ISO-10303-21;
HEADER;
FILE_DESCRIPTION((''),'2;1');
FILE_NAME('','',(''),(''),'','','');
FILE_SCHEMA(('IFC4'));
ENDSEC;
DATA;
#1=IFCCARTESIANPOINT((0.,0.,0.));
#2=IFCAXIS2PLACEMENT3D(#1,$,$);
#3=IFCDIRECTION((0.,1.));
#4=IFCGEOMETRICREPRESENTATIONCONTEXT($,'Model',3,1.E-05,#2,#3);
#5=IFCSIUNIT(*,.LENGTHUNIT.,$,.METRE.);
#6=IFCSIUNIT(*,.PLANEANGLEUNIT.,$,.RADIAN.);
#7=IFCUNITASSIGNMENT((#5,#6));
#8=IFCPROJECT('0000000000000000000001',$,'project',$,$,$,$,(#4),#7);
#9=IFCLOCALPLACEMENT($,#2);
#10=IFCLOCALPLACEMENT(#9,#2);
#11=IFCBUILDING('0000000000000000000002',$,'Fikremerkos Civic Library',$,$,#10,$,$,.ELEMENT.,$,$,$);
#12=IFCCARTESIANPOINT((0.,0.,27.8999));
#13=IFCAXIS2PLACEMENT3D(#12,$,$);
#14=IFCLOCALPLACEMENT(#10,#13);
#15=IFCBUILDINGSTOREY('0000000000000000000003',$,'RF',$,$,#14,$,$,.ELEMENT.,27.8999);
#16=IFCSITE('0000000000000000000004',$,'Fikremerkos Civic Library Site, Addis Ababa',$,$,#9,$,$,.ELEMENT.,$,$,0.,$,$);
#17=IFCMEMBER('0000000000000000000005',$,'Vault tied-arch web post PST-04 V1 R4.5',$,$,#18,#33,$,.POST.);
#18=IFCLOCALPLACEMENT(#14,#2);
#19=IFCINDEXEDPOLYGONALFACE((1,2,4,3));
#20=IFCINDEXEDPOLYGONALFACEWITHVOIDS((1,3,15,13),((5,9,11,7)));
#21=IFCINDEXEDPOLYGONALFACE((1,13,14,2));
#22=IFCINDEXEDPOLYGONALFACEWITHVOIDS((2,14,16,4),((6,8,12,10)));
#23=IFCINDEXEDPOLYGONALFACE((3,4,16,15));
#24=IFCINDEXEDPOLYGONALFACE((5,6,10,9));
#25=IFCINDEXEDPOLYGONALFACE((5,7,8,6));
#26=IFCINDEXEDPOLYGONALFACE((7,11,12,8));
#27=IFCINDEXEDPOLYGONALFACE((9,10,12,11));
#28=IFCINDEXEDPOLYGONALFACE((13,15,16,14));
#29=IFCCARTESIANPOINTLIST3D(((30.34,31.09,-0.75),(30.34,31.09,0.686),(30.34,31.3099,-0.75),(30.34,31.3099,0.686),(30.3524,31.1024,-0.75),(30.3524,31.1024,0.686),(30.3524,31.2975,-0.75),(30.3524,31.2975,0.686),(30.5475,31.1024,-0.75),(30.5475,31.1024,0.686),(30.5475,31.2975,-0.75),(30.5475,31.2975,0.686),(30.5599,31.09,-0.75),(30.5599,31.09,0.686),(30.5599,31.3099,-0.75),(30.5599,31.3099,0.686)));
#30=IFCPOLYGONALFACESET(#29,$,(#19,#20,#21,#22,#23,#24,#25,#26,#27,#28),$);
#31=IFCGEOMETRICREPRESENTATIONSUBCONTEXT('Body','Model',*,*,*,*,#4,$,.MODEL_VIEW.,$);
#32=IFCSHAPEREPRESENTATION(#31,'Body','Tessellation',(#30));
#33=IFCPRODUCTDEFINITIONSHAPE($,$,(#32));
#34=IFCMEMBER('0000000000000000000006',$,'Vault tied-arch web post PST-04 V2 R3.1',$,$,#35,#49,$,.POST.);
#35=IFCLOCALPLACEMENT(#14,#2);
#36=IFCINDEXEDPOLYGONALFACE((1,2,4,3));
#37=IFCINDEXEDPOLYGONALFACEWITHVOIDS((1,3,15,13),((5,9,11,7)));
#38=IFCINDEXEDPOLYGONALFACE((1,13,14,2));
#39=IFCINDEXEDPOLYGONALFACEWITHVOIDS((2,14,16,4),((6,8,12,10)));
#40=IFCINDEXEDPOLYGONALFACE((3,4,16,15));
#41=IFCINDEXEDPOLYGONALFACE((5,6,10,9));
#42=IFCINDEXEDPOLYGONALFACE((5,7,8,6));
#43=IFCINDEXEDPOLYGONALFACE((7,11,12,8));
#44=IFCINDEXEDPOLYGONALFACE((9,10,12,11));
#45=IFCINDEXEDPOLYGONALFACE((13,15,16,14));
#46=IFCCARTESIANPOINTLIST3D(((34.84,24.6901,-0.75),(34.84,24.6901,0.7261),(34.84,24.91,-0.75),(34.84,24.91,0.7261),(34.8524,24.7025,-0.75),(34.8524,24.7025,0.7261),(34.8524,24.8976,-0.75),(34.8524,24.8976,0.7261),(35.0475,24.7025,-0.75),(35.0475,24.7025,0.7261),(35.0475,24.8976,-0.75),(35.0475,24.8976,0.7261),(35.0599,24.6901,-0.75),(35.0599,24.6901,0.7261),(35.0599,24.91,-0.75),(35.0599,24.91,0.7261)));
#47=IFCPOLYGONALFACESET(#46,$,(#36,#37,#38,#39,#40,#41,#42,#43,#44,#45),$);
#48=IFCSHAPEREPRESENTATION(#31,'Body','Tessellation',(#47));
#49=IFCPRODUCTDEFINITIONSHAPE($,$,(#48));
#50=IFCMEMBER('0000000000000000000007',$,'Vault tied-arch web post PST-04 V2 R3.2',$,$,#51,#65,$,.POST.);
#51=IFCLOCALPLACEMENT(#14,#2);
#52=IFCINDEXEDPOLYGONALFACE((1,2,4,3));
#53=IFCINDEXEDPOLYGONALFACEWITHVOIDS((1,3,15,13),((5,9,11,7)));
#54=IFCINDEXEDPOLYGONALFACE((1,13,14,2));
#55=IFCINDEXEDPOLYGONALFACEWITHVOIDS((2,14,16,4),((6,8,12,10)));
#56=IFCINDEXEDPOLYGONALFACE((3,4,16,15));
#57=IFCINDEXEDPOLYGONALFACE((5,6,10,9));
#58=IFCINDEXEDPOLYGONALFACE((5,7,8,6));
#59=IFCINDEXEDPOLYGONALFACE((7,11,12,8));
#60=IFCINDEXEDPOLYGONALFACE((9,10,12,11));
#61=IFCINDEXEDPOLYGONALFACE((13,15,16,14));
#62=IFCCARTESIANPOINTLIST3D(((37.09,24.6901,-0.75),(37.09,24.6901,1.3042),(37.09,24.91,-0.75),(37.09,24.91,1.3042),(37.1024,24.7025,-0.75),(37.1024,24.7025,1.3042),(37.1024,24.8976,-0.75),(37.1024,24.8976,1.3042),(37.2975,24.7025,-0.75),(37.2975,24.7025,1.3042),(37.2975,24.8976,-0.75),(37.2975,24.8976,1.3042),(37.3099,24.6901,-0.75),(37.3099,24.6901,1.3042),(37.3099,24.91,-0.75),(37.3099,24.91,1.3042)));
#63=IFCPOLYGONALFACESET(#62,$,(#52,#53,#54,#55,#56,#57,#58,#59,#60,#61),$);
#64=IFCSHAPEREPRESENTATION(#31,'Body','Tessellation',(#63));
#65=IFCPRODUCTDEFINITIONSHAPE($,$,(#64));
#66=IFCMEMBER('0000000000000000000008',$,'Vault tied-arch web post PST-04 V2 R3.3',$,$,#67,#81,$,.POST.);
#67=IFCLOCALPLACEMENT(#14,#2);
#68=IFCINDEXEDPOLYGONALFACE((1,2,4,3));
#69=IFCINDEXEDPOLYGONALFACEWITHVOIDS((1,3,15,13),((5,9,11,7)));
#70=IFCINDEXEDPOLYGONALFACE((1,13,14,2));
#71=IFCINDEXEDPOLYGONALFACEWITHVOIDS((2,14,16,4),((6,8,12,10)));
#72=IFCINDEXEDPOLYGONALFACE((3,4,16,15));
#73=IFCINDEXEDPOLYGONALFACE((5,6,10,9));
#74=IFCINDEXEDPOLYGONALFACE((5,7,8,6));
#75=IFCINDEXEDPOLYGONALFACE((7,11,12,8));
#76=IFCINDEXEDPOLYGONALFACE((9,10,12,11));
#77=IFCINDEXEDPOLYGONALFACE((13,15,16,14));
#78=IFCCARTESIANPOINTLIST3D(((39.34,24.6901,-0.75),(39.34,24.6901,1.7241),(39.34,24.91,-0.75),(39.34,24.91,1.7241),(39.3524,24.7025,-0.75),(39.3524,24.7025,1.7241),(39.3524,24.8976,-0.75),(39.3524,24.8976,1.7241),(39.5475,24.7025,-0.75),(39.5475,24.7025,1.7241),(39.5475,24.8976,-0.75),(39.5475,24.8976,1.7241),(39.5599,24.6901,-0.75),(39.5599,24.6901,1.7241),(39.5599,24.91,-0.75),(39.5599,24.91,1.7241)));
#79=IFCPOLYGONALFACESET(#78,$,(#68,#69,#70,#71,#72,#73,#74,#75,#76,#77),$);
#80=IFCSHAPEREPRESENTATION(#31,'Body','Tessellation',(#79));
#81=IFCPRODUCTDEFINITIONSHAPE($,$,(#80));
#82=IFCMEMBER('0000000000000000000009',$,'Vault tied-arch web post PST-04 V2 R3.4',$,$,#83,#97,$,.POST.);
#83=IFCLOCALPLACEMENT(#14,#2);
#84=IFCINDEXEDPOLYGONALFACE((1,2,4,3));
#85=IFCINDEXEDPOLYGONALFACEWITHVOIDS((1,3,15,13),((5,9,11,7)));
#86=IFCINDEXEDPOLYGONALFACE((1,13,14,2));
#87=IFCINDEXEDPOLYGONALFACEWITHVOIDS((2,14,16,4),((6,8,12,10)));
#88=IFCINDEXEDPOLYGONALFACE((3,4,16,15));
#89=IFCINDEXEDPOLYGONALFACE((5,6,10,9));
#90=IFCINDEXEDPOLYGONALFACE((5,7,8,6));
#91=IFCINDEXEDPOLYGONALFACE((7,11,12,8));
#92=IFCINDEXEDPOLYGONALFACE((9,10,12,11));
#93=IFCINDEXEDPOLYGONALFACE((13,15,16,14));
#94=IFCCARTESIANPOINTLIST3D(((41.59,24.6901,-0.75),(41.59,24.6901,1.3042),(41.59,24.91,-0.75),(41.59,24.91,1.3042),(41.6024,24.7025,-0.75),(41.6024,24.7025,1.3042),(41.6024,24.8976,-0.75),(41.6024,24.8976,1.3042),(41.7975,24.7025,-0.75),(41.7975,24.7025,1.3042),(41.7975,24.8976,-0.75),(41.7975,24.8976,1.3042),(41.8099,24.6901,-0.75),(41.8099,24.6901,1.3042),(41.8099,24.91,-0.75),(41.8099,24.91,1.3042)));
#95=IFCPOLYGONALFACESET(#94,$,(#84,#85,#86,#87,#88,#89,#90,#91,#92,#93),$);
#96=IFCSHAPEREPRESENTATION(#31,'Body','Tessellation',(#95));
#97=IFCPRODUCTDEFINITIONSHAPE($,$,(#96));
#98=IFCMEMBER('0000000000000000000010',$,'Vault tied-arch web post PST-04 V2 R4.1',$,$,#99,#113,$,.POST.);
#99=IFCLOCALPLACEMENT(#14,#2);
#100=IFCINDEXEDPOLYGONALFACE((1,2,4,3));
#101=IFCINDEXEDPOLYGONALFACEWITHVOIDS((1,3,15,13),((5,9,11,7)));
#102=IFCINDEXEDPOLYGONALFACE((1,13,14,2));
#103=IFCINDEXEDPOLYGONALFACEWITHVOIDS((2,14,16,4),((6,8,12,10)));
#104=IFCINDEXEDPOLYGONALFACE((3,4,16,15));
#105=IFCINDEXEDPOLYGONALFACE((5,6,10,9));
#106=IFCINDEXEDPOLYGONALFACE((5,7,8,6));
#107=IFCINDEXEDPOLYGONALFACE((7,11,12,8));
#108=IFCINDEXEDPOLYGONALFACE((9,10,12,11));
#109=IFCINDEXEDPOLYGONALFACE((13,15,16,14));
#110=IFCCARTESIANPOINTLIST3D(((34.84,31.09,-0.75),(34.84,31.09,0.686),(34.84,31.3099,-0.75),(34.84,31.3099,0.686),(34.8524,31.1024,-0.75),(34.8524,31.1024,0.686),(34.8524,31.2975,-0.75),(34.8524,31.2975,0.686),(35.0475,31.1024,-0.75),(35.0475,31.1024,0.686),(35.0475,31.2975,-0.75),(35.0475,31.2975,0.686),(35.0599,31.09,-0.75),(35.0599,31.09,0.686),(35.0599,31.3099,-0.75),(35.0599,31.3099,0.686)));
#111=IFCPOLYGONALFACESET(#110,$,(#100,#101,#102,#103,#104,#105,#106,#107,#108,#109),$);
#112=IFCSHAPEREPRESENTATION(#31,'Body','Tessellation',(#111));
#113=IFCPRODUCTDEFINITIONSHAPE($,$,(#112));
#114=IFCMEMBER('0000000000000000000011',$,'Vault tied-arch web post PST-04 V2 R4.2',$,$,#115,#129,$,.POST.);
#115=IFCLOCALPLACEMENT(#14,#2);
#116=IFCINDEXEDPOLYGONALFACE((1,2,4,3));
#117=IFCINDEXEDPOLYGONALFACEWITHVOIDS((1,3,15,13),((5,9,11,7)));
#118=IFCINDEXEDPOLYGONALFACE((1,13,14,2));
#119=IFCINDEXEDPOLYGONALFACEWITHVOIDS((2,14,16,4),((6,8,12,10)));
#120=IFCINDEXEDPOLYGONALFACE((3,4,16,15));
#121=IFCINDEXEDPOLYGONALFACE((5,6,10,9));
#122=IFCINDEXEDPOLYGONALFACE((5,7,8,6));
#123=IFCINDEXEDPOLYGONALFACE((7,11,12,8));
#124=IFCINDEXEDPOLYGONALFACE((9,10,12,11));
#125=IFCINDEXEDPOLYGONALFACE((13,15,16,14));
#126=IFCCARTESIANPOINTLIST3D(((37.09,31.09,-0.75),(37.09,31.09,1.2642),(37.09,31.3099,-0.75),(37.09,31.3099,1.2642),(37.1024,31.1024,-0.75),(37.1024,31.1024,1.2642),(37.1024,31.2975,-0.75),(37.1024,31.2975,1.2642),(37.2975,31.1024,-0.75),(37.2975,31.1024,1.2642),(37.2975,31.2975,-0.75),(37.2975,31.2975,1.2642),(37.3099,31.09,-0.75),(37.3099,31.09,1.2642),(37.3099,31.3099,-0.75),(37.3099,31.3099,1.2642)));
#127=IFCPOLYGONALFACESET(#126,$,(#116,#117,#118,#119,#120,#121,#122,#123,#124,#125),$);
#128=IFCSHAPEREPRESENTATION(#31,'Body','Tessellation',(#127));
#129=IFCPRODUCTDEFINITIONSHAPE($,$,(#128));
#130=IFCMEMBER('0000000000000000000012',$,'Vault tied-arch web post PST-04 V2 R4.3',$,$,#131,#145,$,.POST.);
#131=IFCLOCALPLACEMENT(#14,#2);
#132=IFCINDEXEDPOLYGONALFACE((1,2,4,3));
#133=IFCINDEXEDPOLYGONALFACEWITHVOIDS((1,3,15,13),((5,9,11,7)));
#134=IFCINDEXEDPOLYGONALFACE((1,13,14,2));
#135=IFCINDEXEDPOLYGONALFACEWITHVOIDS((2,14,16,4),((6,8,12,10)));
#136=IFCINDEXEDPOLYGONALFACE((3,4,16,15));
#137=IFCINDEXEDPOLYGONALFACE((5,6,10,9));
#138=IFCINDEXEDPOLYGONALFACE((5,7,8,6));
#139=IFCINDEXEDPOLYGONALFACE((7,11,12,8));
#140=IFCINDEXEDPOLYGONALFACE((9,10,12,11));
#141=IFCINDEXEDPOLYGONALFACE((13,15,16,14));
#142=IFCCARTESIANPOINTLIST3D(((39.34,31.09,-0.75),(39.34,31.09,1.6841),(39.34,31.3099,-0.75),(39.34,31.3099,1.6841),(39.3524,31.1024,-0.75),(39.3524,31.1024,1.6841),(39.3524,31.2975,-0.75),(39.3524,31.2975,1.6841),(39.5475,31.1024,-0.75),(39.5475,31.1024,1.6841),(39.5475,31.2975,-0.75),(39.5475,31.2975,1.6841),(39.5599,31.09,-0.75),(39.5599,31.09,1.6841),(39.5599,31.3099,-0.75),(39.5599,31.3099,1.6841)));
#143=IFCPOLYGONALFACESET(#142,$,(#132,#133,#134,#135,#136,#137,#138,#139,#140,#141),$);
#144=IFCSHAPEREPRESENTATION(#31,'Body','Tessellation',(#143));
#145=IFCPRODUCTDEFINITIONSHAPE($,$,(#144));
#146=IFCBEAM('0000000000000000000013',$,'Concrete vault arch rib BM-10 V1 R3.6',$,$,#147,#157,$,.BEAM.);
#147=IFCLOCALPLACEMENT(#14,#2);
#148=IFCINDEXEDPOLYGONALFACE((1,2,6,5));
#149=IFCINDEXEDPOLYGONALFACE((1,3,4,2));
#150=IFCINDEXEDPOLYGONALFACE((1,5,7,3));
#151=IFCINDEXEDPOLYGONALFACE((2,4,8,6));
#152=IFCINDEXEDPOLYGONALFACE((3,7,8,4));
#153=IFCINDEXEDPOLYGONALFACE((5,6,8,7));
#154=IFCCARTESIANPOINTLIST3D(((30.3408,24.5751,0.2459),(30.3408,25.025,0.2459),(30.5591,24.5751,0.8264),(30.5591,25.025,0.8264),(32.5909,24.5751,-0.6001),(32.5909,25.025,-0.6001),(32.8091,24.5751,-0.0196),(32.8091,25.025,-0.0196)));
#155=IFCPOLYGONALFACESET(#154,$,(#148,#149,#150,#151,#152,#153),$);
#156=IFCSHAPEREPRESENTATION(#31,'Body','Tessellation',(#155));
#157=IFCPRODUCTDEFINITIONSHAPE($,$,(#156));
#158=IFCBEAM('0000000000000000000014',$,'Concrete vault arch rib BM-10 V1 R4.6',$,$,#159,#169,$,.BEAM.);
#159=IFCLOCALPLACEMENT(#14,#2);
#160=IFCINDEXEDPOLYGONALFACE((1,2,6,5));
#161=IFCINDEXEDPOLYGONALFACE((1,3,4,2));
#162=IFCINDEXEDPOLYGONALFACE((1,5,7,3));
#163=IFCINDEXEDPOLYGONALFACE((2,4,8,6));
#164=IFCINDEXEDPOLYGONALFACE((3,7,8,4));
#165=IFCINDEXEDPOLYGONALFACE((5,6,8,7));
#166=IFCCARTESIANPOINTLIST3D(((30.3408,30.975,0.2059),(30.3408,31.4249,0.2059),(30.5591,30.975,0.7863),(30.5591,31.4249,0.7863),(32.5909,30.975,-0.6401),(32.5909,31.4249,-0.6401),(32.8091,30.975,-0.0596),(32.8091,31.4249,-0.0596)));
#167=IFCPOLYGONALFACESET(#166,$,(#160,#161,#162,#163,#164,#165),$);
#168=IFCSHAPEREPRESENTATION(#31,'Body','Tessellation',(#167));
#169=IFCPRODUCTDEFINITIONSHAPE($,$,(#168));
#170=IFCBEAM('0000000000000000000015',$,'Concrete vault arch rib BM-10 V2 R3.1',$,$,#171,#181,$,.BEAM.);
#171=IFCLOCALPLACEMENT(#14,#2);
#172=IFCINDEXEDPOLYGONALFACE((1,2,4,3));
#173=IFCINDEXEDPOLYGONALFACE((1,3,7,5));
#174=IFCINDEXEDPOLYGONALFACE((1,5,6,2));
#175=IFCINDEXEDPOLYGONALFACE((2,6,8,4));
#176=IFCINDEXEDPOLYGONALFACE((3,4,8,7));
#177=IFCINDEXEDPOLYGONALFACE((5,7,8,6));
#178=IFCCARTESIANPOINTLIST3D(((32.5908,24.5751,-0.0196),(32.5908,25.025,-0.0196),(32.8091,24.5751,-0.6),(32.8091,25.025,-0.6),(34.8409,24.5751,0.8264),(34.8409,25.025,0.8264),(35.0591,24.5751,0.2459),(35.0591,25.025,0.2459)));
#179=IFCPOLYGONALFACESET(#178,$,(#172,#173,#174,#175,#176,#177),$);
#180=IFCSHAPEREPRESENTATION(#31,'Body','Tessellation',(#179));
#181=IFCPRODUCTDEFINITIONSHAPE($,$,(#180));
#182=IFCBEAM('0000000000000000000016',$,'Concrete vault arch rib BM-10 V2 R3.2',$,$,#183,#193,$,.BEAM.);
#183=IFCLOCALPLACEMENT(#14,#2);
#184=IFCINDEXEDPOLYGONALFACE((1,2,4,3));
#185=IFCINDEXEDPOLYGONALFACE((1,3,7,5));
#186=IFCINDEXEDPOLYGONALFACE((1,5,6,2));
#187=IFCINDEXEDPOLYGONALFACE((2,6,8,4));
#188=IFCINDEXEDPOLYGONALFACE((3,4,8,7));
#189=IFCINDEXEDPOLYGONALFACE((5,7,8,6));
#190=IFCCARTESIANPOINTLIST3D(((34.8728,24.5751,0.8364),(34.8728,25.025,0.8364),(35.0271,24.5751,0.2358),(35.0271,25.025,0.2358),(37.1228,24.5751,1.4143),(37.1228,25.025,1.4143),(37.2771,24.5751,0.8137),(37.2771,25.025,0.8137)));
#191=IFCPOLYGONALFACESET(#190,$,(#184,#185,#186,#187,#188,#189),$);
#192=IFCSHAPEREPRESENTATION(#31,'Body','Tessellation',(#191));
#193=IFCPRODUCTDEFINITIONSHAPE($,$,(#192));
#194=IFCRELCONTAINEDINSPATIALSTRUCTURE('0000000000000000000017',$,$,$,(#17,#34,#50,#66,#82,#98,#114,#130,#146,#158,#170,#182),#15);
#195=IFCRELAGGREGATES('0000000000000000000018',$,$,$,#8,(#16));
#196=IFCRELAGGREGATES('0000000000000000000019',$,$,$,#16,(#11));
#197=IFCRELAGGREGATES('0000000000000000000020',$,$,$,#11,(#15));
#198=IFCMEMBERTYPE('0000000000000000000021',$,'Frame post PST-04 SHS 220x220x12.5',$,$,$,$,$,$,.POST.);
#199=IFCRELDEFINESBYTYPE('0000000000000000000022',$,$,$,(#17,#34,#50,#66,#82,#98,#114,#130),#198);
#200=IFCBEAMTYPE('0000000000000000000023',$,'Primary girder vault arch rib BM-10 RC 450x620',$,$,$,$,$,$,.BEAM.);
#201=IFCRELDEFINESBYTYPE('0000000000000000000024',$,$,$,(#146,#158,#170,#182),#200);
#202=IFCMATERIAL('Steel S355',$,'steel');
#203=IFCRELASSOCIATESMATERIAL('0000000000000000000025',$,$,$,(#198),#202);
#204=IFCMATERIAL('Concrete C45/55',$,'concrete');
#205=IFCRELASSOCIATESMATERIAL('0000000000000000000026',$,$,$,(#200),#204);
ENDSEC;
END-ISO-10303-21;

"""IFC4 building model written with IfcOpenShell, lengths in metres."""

from ifc_helpers import new_model, si_unit, direction, frame, origin, origin_2d, place, context, subcontext, project, spatial, rectangle, hollow_rectangle, extrude, material, material_profile, profile_set, type_object, element, save


model = new_model("IFC4")

# Units and contexts
model_context = context("Model", 3, precision=1e-05, world=origin(), true_north=direction((0.0, 1.0)))
body_context = subcontext(model_context, "Body", "Model", "MODEL_VIEW")
ifc_project = project(units=[si_unit("LENGTHUNIT", "METRE"), si_unit("PLANEANGLEUNIT", "RADIAN")], contexts=[model_context])

# Site, building, storey
site_placement = place(None, origin())
site = spatial("IfcSite", under=ifc_project, at=site_placement, Name="Fikremerkos Civic Library Site, Addis Ababa", CompositionType="ELEMENT", RefElevation=0.0)
building_placement = place(site_placement, origin())
building = spatial("IfcBuilding", under=site, at=building_placement, Name="Fikremerkos Civic Library", CompositionType="ELEMENT")
storey_placement = place(building_placement, frame((0.0, 0.0, 27.8999)))
storey = spatial("IfcBuildingStorey", under=building, at=storey_placement, Name="RF", CompositionType="ELEMENT", Elevation=27.8999)

# Members
ifc_material_1 = material(Name="Steel S355", Category="steel")
ifc_material_profile_1 = material_profile(ifc_material_1, hollow_rectangle(XDim=0.22, YDim=0.22, WallThickness=0.0125, at=origin_2d()), Name="SHS 220x220x12.5")
ifc_profile_set_1 = profile_set([ifc_material_profile_1], Name="Steel S355")
member_type = type_object("IfcMemberType", Name="Frame post PST-04 SHS 220x220x12.5", PredefinedType="POST", material=ifc_profile_set_1)
member_1_placement = place(storey_placement, frame((30.45, 31.2, -0.75), z_axis=(0.0, 0.0, 1.0), x_axis=(1.0, 0.0, 0.0)))
element("IfcMember", 1, at=member_1_placement, inside=storey, type_object=member_type, Name="Vault tied-arch web post PST-04 V1 R4.5", PredefinedType="POST", context=body_context, shape_type="SweptSolid", body=[
    extrude(hollow_rectangle(XDim=0.22, YDim=0.22, WallThickness=0.0125, at=origin_2d()), origin(), (0.0, 0.0, 1.0), 1.436),
])
member_2_placement = place(storey_placement, frame((34.95, 24.8, -0.75), z_axis=(0.0, 0.0, 1.0), x_axis=(1.0, 0.0, 0.0)))
element("IfcMember", 2, at=member_2_placement, inside=storey, type_object=member_type, Name="Vault tied-arch web post PST-04 V2 R3.1", PredefinedType="POST", context=body_context, shape_type="SweptSolid", body=[
    extrude(hollow_rectangle(XDim=0.22, YDim=0.22, WallThickness=0.0125, at=origin_2d()), origin(), (0.0, 0.0, 1.0), 1.4761),
])
member_3_placement = place(storey_placement, frame((37.2, 24.8, -0.75), z_axis=(0.0, 0.0, 1.0), x_axis=(1.0, 0.0, 0.0)))
element("IfcMember", 3, at=member_3_placement, inside=storey, type_object=member_type, Name="Vault tied-arch web post PST-04 V2 R3.2", PredefinedType="POST", context=body_context, shape_type="SweptSolid", body=[
    extrude(hollow_rectangle(XDim=0.22, YDim=0.22, WallThickness=0.0125, at=origin_2d()), origin(), (0.0, 0.0, 1.0), 2.0542),
])
member_4_placement = place(storey_placement, frame((39.45, 24.8, -0.75), z_axis=(0.0, 0.0, 1.0), x_axis=(1.0, 0.0, 0.0)))
element("IfcMember", 4, at=member_4_placement, inside=storey, type_object=member_type, Name="Vault tied-arch web post PST-04 V2 R3.3", PredefinedType="POST", context=body_context, shape_type="SweptSolid", body=[
    extrude(hollow_rectangle(XDim=0.22, YDim=0.22, WallThickness=0.0125, at=origin_2d()), origin(), (0.0, 0.0, 1.0), 2.4741),
])
member_5_placement = place(storey_placement, frame((41.7, 24.8, -0.75), z_axis=(0.0, 0.0, 1.0), x_axis=(1.0, 0.0, 0.0)))
element("IfcMember", 5, at=member_5_placement, inside=storey, type_object=member_type, Name="Vault tied-arch web post PST-04 V2 R3.4", PredefinedType="POST", context=body_context, shape_type="SweptSolid", body=[
    extrude(hollow_rectangle(XDim=0.22, YDim=0.22, WallThickness=0.0125, at=origin_2d()), origin(), (0.0, 0.0, 1.0), 2.0542),
])
member_6_placement = place(storey_placement, frame((34.95, 31.2, -0.75), z_axis=(0.0, 0.0, 1.0), x_axis=(1.0, 0.0, 0.0)))
element("IfcMember", 6, at=member_6_placement, inside=storey, type_object=member_type, Name="Vault tied-arch web post PST-04 V2 R4.1", PredefinedType="POST", context=body_context, shape_type="SweptSolid", body=[
    extrude(hollow_rectangle(XDim=0.22, YDim=0.22, WallThickness=0.0125, at=origin_2d()), origin(), (0.0, 0.0, 1.0), 1.436),
])
member_7_placement = place(storey_placement, frame((37.2, 31.2, -0.75), z_axis=(0.0, 0.0, 1.0), x_axis=(1.0, 0.0, 0.0)))
element("IfcMember", 7, at=member_7_placement, inside=storey, type_object=member_type, Name="Vault tied-arch web post PST-04 V2 R4.2", PredefinedType="POST", context=body_context, shape_type="SweptSolid", body=[
    extrude(hollow_rectangle(XDim=0.22, YDim=0.22, WallThickness=0.0125, at=origin_2d()), origin(), (0.0, 0.0, 1.0), 2.0142),
])
member_8_placement = place(storey_placement, frame((39.45, 31.2, -0.75), z_axis=(0.0, 0.0, 1.0), x_axis=(1.0, 0.0, 0.0)))
element("IfcMember", 8, at=member_8_placement, inside=storey, type_object=member_type, Name="Vault tied-arch web post PST-04 V2 R4.3", PredefinedType="POST", context=body_context, shape_type="SweptSolid", body=[
    extrude(hollow_rectangle(XDim=0.22, YDim=0.22, WallThickness=0.0125, at=origin_2d()), origin(), (0.0, 0.0, 1.0), 2.4341),
])

# Beams
ifc_material_2 = material(Name="Concrete C45/55", Category="concrete")
ifc_material_profile_2 = material_profile(ifc_material_2, rectangle(XDim=0.45, YDim=0.6201, at=origin_2d()), Name="RC 450x620")
ifc_profile_set_2 = profile_set([ifc_material_profile_2], Name="Concrete C45/55")
beam_type_1 = type_object("IfcBeamType", Name="Primary girder vault arch rib BM-10 RC 450x620", PredefinedType="BEAM", material=ifc_profile_set_2)
for number, where, z_axis, x_axis, name in (
    (9, (30.45, 24.8, 0.5361), (0.936028, 0.0, -0.351925), (0.0, 1.0, 0.0), "Concrete vault arch rib BM-10 V1 R3.6"),
    (10, (30.45, 31.2, 0.4961), (0.936028, 0.0, -0.351925), (0.0, 1.0, 0.0), "Concrete vault arch rib BM-10 V1 R4.6"),
    (11, (32.7, 24.8, -0.3098), (0.936028, 0.0, 0.351925), (0.0, 1.0, 0.0), "Concrete vault arch rib BM-10 V2 R3.1"),
):
    element("IfcBeam", number, at=place(storey_placement, frame(where, z_axis=z_axis, x_axis=x_axis)), inside=storey, type_object=beam_type_1, Name=name, PredefinedType="BEAM", context=body_context, shape_type="SweptSolid", body=[
        extrude(rectangle(XDim=0.45, YDim=0.6201, at=origin_2d()), origin(), (0.0, 0.0, 1.0), 2.4038),
    ])
beam_1_placement = place(storey_placement, frame((34.95, 24.8, 0.5361), z_axis=(0.968565, 0.0, 0.248762), x_axis=(0.0, 1.0, 0.0)))
element("IfcBeam", 12, at=beam_1_placement, inside=storey, type_object=beam_type_1, Name="Concrete vault arch rib BM-10 V2 R3.2", PredefinedType="BEAM", context=body_context, shape_type="SweptSolid", body=[
    extrude(rectangle(XDim=0.45, YDim=0.6201, at=origin_2d()), origin(), (0.0, 0.0, 1.0), 2.323),
])

save(model, "model.ifc")
